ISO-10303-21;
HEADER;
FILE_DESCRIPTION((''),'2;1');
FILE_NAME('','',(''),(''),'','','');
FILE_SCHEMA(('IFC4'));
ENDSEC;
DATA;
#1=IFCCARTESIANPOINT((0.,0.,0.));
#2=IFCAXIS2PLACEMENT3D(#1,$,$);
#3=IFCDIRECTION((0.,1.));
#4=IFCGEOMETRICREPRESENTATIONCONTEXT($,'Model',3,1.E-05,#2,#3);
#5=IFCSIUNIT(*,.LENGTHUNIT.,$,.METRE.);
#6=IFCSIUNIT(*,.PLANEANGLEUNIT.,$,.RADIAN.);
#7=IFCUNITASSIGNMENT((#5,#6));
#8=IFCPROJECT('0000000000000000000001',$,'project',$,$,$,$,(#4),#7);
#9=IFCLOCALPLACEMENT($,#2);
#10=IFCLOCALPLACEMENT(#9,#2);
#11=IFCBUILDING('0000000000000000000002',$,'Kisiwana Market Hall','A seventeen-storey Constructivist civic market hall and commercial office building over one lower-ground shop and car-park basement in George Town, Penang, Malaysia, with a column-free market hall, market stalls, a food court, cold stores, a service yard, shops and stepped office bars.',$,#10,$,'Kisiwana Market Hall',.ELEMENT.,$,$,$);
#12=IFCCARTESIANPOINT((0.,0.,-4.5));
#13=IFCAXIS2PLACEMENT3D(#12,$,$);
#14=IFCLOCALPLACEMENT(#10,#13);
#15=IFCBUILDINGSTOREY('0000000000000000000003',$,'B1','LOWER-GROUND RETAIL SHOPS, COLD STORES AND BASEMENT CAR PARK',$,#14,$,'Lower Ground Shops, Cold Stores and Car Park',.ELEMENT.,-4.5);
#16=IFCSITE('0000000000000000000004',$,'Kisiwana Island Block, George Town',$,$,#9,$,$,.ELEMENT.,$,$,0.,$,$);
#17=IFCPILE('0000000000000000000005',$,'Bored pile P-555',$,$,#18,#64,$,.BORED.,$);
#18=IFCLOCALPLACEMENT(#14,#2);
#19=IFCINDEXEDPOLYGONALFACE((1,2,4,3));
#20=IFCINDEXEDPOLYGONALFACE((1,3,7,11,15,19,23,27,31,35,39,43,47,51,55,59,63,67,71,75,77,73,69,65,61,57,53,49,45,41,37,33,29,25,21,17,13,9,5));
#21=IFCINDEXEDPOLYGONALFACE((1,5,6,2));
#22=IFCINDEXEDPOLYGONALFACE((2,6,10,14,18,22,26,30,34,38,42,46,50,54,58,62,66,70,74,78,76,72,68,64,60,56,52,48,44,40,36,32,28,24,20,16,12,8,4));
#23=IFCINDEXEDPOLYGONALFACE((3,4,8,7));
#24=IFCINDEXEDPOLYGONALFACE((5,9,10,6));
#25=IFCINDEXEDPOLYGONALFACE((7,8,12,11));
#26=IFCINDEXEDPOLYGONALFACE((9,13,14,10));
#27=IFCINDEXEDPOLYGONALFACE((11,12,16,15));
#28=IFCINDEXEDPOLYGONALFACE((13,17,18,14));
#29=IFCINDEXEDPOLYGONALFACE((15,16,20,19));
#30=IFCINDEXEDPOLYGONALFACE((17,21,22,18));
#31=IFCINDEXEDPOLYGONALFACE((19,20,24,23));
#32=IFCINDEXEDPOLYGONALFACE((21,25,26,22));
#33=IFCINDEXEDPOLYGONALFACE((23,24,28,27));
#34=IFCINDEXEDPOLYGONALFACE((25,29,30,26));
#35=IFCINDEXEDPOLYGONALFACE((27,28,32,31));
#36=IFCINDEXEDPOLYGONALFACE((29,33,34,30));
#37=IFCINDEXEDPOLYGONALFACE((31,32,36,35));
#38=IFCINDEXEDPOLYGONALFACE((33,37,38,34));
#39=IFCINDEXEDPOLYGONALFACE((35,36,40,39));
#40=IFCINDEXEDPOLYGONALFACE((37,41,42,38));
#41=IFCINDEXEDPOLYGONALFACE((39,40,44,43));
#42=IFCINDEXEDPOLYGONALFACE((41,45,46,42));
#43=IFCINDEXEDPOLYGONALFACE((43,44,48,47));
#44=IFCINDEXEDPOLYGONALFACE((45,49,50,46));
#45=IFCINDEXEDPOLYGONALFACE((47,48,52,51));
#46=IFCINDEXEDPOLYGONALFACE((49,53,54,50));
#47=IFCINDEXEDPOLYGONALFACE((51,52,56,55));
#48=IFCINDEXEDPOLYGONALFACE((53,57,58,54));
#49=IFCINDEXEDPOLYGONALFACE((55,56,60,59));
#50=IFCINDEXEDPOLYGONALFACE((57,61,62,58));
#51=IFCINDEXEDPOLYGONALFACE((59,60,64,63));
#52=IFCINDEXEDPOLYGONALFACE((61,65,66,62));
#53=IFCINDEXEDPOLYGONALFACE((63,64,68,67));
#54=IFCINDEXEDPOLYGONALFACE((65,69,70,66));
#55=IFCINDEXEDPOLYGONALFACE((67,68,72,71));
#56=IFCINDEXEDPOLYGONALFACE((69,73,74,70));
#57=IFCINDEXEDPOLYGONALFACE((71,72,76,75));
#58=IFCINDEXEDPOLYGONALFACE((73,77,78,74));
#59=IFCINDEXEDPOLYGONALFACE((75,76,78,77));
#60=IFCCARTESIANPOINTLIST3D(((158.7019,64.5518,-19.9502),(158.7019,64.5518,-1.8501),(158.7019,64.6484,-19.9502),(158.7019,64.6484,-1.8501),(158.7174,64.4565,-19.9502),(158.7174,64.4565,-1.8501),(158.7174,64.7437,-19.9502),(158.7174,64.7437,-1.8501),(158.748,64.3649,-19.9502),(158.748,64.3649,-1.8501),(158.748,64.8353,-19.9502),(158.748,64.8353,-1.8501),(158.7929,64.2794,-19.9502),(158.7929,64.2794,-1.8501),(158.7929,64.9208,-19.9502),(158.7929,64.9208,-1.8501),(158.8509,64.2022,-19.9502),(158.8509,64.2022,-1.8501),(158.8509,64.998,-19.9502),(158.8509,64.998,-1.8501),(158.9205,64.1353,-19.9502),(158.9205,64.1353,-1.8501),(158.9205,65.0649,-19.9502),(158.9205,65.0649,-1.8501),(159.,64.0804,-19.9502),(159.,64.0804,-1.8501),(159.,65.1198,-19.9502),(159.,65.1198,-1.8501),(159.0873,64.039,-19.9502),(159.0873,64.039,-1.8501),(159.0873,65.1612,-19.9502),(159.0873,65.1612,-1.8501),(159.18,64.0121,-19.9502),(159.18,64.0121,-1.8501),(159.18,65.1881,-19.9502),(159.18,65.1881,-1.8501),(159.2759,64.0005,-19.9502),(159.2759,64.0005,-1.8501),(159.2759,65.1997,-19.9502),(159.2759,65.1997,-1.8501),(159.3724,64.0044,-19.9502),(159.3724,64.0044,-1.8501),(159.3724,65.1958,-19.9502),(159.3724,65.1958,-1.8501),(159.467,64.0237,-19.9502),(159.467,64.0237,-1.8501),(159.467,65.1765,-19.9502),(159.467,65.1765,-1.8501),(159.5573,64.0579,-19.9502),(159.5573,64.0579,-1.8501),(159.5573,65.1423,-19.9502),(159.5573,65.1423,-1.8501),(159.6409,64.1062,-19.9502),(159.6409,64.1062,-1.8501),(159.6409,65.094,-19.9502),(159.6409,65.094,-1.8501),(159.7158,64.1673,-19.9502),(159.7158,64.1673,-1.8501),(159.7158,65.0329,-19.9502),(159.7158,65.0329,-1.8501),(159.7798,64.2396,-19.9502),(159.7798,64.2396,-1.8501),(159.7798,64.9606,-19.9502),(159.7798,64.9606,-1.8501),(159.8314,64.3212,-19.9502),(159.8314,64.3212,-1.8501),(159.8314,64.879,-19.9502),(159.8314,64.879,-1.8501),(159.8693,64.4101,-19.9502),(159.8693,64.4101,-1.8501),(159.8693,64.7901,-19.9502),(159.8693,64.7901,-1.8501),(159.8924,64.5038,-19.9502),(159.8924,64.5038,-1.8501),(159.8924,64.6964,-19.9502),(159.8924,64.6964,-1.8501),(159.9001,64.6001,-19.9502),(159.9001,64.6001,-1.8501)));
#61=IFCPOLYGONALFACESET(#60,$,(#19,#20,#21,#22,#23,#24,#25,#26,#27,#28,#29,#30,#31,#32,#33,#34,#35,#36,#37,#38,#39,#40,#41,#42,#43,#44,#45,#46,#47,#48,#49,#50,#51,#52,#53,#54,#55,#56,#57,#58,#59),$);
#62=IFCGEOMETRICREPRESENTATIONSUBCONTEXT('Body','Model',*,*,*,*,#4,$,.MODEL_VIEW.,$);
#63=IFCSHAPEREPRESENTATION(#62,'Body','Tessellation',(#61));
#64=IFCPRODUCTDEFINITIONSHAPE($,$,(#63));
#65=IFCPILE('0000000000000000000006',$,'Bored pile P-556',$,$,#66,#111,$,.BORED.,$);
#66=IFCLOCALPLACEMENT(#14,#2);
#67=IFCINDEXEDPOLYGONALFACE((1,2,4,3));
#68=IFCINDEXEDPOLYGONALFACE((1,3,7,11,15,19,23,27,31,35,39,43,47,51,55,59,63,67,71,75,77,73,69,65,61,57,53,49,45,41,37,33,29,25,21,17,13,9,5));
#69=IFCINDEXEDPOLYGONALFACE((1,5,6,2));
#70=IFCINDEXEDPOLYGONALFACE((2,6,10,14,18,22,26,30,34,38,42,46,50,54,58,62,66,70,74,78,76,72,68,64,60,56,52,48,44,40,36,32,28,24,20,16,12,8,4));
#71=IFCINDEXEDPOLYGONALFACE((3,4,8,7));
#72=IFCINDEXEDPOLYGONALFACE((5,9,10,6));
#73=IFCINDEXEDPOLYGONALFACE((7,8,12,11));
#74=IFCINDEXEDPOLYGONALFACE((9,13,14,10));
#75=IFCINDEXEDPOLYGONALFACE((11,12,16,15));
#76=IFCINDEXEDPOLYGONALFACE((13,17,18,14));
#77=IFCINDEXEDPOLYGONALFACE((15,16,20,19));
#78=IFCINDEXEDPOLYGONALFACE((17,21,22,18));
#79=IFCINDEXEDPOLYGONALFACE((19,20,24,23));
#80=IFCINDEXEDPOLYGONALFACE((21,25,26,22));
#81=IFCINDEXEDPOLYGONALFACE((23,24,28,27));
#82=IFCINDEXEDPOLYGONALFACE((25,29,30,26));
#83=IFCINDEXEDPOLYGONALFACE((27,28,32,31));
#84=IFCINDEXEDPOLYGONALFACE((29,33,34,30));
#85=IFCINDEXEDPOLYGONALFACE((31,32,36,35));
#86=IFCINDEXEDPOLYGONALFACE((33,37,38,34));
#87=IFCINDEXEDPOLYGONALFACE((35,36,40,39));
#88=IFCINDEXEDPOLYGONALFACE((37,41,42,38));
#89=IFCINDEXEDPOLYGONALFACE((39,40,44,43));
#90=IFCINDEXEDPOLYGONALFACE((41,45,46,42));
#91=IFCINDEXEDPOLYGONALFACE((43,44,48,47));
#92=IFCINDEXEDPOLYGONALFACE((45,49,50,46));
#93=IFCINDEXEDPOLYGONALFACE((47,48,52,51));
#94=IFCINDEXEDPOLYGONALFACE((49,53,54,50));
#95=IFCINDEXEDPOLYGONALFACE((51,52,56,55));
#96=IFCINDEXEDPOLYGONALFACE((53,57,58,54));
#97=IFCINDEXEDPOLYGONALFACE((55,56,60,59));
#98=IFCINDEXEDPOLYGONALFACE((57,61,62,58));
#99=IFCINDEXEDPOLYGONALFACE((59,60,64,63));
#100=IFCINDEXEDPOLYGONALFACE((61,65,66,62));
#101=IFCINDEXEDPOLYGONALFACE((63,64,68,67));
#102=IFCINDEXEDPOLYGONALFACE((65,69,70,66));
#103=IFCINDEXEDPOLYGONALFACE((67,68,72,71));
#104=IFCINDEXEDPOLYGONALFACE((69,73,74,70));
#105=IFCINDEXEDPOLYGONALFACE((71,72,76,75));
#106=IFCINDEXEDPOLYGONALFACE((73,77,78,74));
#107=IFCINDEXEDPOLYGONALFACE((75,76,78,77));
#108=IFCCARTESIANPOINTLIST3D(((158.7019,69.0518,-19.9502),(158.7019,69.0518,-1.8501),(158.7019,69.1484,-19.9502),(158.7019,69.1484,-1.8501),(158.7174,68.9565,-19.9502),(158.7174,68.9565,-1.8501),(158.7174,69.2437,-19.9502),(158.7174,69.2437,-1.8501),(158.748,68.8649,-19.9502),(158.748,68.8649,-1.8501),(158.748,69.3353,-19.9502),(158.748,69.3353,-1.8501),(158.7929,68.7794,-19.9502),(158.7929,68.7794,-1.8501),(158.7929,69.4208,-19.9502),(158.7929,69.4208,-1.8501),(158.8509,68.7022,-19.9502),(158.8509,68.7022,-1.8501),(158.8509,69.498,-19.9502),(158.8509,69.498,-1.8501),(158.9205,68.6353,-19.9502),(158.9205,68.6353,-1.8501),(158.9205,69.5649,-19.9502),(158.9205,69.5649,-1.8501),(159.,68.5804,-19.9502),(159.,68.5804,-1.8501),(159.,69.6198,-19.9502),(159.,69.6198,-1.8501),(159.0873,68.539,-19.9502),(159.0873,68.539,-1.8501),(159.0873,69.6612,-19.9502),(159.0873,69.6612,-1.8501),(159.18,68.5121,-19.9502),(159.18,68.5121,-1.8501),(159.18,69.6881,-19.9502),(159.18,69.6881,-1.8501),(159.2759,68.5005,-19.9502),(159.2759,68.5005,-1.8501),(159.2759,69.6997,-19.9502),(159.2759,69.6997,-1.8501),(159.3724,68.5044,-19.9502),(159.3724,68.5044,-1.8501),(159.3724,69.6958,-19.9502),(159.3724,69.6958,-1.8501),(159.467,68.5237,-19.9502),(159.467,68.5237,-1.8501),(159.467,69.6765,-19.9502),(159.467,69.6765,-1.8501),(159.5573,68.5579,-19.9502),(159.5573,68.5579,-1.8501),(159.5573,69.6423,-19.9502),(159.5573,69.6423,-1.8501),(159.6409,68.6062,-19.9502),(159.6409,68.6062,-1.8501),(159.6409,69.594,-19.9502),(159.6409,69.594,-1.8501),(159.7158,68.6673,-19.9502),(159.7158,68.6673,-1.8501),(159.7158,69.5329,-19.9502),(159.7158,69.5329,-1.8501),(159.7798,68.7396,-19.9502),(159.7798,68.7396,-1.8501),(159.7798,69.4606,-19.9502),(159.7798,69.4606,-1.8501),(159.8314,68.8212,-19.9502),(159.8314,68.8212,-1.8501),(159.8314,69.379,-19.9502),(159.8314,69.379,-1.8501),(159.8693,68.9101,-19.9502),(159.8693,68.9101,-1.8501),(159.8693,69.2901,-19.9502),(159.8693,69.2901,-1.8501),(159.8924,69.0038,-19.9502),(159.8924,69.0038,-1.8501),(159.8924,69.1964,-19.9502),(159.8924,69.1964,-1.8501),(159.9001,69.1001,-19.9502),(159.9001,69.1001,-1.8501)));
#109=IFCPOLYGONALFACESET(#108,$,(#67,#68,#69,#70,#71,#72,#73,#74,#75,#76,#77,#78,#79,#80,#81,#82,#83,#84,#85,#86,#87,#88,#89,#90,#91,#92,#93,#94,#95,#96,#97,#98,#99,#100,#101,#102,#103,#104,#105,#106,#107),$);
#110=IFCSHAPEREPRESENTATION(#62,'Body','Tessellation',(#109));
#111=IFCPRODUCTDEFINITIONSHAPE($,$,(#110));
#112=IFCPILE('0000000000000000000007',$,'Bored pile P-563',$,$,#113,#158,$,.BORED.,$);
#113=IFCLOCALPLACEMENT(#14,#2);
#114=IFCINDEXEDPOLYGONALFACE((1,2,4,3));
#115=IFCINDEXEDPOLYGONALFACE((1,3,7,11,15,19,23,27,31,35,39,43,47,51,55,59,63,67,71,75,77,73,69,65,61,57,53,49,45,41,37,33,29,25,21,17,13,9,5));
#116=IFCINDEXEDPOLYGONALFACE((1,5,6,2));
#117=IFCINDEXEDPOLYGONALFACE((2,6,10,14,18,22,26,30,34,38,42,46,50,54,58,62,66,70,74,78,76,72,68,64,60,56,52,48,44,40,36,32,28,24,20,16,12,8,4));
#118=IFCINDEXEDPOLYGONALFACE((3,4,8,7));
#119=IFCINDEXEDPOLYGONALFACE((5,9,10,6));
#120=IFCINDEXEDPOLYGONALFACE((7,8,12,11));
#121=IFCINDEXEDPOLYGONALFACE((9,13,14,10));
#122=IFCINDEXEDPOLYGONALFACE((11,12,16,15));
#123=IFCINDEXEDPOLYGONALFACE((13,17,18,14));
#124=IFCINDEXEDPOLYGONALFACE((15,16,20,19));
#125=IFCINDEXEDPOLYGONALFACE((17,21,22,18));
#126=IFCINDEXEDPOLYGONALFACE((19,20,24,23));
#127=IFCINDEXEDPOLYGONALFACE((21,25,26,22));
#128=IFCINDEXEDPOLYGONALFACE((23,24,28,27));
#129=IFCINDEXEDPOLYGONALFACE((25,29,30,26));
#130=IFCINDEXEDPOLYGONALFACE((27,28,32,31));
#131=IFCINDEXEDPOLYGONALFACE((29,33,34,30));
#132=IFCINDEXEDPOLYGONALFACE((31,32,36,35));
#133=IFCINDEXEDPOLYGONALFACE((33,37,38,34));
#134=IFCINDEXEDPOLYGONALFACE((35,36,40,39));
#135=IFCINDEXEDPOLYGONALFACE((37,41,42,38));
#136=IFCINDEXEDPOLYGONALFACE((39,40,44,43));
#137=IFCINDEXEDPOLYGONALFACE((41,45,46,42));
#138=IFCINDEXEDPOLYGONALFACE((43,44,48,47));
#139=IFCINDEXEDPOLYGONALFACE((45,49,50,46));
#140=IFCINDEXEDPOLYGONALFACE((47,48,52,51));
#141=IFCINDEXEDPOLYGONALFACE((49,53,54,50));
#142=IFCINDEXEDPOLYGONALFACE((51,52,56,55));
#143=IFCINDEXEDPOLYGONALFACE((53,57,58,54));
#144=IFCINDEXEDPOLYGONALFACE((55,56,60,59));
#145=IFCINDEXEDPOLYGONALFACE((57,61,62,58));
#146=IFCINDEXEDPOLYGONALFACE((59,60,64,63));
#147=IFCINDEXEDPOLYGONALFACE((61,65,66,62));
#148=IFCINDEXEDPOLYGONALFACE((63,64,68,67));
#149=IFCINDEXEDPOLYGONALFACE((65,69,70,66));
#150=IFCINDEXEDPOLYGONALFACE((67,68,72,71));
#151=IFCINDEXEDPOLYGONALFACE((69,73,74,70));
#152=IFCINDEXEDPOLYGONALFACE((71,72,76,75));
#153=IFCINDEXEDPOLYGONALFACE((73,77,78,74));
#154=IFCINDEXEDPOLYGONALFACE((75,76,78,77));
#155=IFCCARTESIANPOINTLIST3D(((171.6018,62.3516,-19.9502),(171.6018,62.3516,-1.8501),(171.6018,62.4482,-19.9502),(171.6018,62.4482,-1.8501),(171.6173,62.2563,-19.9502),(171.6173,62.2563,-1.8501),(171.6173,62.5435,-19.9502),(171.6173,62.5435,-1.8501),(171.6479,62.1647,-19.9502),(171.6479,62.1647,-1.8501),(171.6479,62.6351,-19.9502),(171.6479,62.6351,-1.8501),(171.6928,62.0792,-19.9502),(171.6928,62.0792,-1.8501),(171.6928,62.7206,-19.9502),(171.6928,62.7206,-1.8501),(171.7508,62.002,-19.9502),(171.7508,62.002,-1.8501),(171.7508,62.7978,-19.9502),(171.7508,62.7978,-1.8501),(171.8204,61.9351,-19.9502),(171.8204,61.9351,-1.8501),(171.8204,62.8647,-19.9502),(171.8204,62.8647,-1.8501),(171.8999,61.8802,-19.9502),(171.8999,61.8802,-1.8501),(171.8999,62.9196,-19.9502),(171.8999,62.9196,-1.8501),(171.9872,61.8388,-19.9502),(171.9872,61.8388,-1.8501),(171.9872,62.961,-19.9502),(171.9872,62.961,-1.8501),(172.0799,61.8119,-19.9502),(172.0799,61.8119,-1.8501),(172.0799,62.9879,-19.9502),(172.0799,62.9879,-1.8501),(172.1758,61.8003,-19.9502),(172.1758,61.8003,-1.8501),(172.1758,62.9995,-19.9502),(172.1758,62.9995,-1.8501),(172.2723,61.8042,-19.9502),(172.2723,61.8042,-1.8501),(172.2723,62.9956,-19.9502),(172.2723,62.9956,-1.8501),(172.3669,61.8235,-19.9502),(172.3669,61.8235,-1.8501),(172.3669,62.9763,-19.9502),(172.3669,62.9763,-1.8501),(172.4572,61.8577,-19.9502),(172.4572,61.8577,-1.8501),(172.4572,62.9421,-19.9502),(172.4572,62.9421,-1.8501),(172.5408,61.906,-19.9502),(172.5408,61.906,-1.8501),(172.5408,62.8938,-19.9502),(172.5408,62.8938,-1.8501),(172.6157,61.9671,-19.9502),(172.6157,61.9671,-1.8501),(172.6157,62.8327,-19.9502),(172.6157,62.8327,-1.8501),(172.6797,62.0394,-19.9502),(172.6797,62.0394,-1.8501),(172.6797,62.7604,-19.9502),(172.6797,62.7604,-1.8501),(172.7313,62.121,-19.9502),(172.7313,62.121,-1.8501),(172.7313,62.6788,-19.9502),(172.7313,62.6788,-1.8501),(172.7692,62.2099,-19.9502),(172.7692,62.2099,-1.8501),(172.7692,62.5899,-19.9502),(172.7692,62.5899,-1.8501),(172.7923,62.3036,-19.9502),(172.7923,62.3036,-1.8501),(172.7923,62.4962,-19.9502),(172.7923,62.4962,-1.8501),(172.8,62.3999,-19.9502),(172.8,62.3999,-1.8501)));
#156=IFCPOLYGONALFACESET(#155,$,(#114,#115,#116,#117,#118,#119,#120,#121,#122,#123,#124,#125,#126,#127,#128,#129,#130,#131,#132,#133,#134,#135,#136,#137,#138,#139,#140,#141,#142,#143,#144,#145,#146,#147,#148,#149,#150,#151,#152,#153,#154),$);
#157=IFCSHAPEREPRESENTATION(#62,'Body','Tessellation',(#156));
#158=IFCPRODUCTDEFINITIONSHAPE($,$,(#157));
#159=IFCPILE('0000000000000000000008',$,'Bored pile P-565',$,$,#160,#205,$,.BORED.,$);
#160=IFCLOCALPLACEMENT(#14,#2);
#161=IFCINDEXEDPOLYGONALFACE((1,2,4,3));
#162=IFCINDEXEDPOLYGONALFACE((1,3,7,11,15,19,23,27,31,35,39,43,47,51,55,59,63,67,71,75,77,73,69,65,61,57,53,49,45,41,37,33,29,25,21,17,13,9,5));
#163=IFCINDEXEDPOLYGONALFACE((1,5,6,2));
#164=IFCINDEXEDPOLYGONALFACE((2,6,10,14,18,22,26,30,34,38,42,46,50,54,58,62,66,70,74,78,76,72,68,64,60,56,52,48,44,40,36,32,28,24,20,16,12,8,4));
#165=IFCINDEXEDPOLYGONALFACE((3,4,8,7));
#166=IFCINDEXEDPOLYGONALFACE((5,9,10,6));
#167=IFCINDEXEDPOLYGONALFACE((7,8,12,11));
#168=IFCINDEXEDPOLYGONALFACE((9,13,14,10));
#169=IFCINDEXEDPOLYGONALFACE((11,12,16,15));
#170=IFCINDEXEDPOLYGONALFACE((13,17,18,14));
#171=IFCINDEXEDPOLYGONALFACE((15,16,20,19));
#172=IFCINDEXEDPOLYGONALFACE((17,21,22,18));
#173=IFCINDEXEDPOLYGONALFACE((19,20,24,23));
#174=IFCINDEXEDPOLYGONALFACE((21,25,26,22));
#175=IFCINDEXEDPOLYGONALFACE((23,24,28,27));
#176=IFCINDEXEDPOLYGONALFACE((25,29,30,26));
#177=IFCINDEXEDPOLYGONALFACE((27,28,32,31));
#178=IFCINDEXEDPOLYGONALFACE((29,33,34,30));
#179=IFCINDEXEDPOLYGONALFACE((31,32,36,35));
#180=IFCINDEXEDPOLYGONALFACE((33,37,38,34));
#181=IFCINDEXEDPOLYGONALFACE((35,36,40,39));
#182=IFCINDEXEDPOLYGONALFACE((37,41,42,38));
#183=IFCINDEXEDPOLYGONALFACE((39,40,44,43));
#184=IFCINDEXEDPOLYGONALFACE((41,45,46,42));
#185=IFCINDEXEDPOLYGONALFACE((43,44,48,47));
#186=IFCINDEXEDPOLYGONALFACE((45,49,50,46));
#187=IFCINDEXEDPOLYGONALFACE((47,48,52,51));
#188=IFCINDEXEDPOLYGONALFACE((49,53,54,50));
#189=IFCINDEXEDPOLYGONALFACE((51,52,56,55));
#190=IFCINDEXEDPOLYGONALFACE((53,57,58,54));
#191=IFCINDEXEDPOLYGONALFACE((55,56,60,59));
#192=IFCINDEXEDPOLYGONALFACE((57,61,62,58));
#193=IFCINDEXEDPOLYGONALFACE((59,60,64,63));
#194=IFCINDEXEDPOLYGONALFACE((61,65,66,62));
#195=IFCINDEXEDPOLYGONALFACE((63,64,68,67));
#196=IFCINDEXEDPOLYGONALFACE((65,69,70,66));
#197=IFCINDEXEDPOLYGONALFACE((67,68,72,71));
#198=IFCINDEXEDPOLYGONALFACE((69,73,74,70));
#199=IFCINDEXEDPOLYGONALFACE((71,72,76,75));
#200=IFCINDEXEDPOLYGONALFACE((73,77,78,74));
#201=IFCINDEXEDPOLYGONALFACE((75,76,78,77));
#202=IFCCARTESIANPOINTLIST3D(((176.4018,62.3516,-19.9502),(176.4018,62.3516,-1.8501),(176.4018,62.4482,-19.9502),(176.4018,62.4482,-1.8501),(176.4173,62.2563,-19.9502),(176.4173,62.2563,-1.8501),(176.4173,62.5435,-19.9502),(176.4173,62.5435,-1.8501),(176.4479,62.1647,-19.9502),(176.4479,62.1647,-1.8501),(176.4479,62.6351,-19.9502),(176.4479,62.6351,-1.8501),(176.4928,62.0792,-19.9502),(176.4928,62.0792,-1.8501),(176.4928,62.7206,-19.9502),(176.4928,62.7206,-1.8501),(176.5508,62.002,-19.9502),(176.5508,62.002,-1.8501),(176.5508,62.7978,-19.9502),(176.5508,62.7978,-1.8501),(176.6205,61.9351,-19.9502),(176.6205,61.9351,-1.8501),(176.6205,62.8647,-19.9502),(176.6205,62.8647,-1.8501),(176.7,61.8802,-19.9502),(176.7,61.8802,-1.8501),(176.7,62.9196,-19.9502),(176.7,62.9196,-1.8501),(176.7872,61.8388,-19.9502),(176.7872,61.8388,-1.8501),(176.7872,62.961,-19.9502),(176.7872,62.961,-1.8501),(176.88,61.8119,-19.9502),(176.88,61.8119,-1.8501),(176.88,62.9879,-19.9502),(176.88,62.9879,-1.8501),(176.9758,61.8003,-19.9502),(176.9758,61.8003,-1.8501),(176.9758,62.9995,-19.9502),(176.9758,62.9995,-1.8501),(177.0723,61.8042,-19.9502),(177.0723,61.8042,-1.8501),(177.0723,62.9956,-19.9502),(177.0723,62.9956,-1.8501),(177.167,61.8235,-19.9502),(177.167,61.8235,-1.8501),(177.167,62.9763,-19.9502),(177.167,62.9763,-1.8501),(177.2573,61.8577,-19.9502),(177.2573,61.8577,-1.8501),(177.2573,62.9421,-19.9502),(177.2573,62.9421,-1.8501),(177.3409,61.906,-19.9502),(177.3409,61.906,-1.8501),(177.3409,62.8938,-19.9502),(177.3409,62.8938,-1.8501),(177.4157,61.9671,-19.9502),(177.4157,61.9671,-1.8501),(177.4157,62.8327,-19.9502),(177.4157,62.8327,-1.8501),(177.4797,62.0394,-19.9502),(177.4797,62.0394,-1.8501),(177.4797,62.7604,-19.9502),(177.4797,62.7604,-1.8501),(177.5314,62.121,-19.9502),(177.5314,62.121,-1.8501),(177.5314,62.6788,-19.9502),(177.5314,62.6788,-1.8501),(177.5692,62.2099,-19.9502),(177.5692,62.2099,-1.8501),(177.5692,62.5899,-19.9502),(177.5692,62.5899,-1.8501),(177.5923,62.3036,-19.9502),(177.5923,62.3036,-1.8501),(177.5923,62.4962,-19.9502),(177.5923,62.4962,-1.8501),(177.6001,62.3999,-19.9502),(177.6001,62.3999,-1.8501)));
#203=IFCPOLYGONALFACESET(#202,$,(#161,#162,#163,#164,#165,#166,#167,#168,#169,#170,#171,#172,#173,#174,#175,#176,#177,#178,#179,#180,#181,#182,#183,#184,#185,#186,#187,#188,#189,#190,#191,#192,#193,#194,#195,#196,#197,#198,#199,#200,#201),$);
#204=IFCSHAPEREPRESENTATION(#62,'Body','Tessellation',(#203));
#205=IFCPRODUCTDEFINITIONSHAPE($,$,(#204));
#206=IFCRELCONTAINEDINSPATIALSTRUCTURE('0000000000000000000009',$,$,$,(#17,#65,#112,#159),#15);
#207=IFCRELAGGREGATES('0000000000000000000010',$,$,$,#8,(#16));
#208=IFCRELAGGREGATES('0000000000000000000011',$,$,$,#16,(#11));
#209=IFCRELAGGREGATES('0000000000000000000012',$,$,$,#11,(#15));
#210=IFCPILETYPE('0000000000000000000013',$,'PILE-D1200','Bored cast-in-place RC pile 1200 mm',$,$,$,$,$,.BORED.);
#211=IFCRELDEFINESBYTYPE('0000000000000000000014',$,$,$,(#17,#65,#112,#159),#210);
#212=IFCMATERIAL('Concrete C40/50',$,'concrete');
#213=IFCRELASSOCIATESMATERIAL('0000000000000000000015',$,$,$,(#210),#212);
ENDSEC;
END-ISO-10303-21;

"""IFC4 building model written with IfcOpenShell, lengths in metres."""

from ifc_helpers import new_model, si_unit, direction, frame, origin, origin_2d, place, context, subcontext, project, spatial, circle, extrude, material, material_profile, profile_set, type_object, element, save


model = new_model("IFC4")

# Units and contexts
model_context = context("Model", 3, precision=1e-05, world=origin(), true_north=direction((0.0, 1.0)))
body_context = subcontext(model_context, "Body", "Model", "MODEL_VIEW")
ifc_project = project(units=[si_unit("LENGTHUNIT", "METRE"), si_unit("PLANEANGLEUNIT", "RADIAN")], contexts=[model_context])

# Site, building, storey
site_placement = place(None, origin())
site = spatial("IfcSite", under=ifc_project, at=site_placement, Name="Kisiwana Island Block, George Town", CompositionType="ELEMENT", RefElevation=0.0)
building_placement = place(site_placement, origin())
building = spatial("IfcBuilding", under=site, at=building_placement, Name="Kisiwana Market Hall", Description="A seventeen-storey Constructivist civic market hall and commercial office building over one lower-ground shop and car-park basement in George Town, Penang, Malaysia, with a column-free market hall, market stalls, a food court, cold stores, a service yard, shops and stepped office bars.", LongName="Kisiwana Market Hall", CompositionType="ELEMENT")
storey_placement = place(building_placement, frame((0.0, 0.0, -4.5)))
storey = spatial("IfcBuildingStorey", under=building, at=storey_placement, Name="B1", Description="LOWER-GROUND RETAIL SHOPS, COLD STORES AND BASEMENT CAR PARK", LongName="Lower Ground Shops, Cold Stores and Car Park", CompositionType="ELEMENT", Elevation=-4.5)

# Piles
ifc_material_1 = material(Name="Concrete C40/50", Category="concrete")
ifc_material_profile_1 = material_profile(ifc_material_1, circle(Radius=0.6001, at=origin_2d()), Name="BP D1200")
ifc_profile_set_1 = profile_set([ifc_material_profile_1], Name="Concrete C40/50")
pile_type_1 = type_object("IfcPileType", Name="PILE-D1200", Description="Bored cast-in-place RC pile 1200 mm", PredefinedType="BORED", material=ifc_profile_set_1)
for number, where, z_axis, x_axis, name in (
    (1, (159.3, 64.6001, -1.8501), (0.0, 0.0, -1.0), (1.0, 0.0, 0.0), "Bored pile P-555"),
    (2, (159.3, 69.1001, -1.8501), (0.0, 0.0, -1.0), (1.0, 0.0, 0.0), "Bored pile P-556"),
    (3, (172.2, 62.3999, -1.8501), (0.0, 0.0, -1.0), (1.0, 0.0, 0.0), "Bored pile P-563"),
    (4, (177.0, 62.3999, -1.8501), (0.0, 0.0, -1.0), (1.0, 0.0, 0.0), "Bored pile P-565"),
):
    element("IfcPile", number, at=place(storey_placement, frame(where, z_axis=z_axis, x_axis=x_axis)), inside=storey, type_object=pile_type_1, Name=name, PredefinedType="BORED", context=body_context, shape_type="SweptSolid", body=[
        extrude(circle(Radius=0.6001, at=origin_2d()), origin(), (0.0, 0.0, 1.0), 18.1001),
    ])

save(model, "model.ifc")
